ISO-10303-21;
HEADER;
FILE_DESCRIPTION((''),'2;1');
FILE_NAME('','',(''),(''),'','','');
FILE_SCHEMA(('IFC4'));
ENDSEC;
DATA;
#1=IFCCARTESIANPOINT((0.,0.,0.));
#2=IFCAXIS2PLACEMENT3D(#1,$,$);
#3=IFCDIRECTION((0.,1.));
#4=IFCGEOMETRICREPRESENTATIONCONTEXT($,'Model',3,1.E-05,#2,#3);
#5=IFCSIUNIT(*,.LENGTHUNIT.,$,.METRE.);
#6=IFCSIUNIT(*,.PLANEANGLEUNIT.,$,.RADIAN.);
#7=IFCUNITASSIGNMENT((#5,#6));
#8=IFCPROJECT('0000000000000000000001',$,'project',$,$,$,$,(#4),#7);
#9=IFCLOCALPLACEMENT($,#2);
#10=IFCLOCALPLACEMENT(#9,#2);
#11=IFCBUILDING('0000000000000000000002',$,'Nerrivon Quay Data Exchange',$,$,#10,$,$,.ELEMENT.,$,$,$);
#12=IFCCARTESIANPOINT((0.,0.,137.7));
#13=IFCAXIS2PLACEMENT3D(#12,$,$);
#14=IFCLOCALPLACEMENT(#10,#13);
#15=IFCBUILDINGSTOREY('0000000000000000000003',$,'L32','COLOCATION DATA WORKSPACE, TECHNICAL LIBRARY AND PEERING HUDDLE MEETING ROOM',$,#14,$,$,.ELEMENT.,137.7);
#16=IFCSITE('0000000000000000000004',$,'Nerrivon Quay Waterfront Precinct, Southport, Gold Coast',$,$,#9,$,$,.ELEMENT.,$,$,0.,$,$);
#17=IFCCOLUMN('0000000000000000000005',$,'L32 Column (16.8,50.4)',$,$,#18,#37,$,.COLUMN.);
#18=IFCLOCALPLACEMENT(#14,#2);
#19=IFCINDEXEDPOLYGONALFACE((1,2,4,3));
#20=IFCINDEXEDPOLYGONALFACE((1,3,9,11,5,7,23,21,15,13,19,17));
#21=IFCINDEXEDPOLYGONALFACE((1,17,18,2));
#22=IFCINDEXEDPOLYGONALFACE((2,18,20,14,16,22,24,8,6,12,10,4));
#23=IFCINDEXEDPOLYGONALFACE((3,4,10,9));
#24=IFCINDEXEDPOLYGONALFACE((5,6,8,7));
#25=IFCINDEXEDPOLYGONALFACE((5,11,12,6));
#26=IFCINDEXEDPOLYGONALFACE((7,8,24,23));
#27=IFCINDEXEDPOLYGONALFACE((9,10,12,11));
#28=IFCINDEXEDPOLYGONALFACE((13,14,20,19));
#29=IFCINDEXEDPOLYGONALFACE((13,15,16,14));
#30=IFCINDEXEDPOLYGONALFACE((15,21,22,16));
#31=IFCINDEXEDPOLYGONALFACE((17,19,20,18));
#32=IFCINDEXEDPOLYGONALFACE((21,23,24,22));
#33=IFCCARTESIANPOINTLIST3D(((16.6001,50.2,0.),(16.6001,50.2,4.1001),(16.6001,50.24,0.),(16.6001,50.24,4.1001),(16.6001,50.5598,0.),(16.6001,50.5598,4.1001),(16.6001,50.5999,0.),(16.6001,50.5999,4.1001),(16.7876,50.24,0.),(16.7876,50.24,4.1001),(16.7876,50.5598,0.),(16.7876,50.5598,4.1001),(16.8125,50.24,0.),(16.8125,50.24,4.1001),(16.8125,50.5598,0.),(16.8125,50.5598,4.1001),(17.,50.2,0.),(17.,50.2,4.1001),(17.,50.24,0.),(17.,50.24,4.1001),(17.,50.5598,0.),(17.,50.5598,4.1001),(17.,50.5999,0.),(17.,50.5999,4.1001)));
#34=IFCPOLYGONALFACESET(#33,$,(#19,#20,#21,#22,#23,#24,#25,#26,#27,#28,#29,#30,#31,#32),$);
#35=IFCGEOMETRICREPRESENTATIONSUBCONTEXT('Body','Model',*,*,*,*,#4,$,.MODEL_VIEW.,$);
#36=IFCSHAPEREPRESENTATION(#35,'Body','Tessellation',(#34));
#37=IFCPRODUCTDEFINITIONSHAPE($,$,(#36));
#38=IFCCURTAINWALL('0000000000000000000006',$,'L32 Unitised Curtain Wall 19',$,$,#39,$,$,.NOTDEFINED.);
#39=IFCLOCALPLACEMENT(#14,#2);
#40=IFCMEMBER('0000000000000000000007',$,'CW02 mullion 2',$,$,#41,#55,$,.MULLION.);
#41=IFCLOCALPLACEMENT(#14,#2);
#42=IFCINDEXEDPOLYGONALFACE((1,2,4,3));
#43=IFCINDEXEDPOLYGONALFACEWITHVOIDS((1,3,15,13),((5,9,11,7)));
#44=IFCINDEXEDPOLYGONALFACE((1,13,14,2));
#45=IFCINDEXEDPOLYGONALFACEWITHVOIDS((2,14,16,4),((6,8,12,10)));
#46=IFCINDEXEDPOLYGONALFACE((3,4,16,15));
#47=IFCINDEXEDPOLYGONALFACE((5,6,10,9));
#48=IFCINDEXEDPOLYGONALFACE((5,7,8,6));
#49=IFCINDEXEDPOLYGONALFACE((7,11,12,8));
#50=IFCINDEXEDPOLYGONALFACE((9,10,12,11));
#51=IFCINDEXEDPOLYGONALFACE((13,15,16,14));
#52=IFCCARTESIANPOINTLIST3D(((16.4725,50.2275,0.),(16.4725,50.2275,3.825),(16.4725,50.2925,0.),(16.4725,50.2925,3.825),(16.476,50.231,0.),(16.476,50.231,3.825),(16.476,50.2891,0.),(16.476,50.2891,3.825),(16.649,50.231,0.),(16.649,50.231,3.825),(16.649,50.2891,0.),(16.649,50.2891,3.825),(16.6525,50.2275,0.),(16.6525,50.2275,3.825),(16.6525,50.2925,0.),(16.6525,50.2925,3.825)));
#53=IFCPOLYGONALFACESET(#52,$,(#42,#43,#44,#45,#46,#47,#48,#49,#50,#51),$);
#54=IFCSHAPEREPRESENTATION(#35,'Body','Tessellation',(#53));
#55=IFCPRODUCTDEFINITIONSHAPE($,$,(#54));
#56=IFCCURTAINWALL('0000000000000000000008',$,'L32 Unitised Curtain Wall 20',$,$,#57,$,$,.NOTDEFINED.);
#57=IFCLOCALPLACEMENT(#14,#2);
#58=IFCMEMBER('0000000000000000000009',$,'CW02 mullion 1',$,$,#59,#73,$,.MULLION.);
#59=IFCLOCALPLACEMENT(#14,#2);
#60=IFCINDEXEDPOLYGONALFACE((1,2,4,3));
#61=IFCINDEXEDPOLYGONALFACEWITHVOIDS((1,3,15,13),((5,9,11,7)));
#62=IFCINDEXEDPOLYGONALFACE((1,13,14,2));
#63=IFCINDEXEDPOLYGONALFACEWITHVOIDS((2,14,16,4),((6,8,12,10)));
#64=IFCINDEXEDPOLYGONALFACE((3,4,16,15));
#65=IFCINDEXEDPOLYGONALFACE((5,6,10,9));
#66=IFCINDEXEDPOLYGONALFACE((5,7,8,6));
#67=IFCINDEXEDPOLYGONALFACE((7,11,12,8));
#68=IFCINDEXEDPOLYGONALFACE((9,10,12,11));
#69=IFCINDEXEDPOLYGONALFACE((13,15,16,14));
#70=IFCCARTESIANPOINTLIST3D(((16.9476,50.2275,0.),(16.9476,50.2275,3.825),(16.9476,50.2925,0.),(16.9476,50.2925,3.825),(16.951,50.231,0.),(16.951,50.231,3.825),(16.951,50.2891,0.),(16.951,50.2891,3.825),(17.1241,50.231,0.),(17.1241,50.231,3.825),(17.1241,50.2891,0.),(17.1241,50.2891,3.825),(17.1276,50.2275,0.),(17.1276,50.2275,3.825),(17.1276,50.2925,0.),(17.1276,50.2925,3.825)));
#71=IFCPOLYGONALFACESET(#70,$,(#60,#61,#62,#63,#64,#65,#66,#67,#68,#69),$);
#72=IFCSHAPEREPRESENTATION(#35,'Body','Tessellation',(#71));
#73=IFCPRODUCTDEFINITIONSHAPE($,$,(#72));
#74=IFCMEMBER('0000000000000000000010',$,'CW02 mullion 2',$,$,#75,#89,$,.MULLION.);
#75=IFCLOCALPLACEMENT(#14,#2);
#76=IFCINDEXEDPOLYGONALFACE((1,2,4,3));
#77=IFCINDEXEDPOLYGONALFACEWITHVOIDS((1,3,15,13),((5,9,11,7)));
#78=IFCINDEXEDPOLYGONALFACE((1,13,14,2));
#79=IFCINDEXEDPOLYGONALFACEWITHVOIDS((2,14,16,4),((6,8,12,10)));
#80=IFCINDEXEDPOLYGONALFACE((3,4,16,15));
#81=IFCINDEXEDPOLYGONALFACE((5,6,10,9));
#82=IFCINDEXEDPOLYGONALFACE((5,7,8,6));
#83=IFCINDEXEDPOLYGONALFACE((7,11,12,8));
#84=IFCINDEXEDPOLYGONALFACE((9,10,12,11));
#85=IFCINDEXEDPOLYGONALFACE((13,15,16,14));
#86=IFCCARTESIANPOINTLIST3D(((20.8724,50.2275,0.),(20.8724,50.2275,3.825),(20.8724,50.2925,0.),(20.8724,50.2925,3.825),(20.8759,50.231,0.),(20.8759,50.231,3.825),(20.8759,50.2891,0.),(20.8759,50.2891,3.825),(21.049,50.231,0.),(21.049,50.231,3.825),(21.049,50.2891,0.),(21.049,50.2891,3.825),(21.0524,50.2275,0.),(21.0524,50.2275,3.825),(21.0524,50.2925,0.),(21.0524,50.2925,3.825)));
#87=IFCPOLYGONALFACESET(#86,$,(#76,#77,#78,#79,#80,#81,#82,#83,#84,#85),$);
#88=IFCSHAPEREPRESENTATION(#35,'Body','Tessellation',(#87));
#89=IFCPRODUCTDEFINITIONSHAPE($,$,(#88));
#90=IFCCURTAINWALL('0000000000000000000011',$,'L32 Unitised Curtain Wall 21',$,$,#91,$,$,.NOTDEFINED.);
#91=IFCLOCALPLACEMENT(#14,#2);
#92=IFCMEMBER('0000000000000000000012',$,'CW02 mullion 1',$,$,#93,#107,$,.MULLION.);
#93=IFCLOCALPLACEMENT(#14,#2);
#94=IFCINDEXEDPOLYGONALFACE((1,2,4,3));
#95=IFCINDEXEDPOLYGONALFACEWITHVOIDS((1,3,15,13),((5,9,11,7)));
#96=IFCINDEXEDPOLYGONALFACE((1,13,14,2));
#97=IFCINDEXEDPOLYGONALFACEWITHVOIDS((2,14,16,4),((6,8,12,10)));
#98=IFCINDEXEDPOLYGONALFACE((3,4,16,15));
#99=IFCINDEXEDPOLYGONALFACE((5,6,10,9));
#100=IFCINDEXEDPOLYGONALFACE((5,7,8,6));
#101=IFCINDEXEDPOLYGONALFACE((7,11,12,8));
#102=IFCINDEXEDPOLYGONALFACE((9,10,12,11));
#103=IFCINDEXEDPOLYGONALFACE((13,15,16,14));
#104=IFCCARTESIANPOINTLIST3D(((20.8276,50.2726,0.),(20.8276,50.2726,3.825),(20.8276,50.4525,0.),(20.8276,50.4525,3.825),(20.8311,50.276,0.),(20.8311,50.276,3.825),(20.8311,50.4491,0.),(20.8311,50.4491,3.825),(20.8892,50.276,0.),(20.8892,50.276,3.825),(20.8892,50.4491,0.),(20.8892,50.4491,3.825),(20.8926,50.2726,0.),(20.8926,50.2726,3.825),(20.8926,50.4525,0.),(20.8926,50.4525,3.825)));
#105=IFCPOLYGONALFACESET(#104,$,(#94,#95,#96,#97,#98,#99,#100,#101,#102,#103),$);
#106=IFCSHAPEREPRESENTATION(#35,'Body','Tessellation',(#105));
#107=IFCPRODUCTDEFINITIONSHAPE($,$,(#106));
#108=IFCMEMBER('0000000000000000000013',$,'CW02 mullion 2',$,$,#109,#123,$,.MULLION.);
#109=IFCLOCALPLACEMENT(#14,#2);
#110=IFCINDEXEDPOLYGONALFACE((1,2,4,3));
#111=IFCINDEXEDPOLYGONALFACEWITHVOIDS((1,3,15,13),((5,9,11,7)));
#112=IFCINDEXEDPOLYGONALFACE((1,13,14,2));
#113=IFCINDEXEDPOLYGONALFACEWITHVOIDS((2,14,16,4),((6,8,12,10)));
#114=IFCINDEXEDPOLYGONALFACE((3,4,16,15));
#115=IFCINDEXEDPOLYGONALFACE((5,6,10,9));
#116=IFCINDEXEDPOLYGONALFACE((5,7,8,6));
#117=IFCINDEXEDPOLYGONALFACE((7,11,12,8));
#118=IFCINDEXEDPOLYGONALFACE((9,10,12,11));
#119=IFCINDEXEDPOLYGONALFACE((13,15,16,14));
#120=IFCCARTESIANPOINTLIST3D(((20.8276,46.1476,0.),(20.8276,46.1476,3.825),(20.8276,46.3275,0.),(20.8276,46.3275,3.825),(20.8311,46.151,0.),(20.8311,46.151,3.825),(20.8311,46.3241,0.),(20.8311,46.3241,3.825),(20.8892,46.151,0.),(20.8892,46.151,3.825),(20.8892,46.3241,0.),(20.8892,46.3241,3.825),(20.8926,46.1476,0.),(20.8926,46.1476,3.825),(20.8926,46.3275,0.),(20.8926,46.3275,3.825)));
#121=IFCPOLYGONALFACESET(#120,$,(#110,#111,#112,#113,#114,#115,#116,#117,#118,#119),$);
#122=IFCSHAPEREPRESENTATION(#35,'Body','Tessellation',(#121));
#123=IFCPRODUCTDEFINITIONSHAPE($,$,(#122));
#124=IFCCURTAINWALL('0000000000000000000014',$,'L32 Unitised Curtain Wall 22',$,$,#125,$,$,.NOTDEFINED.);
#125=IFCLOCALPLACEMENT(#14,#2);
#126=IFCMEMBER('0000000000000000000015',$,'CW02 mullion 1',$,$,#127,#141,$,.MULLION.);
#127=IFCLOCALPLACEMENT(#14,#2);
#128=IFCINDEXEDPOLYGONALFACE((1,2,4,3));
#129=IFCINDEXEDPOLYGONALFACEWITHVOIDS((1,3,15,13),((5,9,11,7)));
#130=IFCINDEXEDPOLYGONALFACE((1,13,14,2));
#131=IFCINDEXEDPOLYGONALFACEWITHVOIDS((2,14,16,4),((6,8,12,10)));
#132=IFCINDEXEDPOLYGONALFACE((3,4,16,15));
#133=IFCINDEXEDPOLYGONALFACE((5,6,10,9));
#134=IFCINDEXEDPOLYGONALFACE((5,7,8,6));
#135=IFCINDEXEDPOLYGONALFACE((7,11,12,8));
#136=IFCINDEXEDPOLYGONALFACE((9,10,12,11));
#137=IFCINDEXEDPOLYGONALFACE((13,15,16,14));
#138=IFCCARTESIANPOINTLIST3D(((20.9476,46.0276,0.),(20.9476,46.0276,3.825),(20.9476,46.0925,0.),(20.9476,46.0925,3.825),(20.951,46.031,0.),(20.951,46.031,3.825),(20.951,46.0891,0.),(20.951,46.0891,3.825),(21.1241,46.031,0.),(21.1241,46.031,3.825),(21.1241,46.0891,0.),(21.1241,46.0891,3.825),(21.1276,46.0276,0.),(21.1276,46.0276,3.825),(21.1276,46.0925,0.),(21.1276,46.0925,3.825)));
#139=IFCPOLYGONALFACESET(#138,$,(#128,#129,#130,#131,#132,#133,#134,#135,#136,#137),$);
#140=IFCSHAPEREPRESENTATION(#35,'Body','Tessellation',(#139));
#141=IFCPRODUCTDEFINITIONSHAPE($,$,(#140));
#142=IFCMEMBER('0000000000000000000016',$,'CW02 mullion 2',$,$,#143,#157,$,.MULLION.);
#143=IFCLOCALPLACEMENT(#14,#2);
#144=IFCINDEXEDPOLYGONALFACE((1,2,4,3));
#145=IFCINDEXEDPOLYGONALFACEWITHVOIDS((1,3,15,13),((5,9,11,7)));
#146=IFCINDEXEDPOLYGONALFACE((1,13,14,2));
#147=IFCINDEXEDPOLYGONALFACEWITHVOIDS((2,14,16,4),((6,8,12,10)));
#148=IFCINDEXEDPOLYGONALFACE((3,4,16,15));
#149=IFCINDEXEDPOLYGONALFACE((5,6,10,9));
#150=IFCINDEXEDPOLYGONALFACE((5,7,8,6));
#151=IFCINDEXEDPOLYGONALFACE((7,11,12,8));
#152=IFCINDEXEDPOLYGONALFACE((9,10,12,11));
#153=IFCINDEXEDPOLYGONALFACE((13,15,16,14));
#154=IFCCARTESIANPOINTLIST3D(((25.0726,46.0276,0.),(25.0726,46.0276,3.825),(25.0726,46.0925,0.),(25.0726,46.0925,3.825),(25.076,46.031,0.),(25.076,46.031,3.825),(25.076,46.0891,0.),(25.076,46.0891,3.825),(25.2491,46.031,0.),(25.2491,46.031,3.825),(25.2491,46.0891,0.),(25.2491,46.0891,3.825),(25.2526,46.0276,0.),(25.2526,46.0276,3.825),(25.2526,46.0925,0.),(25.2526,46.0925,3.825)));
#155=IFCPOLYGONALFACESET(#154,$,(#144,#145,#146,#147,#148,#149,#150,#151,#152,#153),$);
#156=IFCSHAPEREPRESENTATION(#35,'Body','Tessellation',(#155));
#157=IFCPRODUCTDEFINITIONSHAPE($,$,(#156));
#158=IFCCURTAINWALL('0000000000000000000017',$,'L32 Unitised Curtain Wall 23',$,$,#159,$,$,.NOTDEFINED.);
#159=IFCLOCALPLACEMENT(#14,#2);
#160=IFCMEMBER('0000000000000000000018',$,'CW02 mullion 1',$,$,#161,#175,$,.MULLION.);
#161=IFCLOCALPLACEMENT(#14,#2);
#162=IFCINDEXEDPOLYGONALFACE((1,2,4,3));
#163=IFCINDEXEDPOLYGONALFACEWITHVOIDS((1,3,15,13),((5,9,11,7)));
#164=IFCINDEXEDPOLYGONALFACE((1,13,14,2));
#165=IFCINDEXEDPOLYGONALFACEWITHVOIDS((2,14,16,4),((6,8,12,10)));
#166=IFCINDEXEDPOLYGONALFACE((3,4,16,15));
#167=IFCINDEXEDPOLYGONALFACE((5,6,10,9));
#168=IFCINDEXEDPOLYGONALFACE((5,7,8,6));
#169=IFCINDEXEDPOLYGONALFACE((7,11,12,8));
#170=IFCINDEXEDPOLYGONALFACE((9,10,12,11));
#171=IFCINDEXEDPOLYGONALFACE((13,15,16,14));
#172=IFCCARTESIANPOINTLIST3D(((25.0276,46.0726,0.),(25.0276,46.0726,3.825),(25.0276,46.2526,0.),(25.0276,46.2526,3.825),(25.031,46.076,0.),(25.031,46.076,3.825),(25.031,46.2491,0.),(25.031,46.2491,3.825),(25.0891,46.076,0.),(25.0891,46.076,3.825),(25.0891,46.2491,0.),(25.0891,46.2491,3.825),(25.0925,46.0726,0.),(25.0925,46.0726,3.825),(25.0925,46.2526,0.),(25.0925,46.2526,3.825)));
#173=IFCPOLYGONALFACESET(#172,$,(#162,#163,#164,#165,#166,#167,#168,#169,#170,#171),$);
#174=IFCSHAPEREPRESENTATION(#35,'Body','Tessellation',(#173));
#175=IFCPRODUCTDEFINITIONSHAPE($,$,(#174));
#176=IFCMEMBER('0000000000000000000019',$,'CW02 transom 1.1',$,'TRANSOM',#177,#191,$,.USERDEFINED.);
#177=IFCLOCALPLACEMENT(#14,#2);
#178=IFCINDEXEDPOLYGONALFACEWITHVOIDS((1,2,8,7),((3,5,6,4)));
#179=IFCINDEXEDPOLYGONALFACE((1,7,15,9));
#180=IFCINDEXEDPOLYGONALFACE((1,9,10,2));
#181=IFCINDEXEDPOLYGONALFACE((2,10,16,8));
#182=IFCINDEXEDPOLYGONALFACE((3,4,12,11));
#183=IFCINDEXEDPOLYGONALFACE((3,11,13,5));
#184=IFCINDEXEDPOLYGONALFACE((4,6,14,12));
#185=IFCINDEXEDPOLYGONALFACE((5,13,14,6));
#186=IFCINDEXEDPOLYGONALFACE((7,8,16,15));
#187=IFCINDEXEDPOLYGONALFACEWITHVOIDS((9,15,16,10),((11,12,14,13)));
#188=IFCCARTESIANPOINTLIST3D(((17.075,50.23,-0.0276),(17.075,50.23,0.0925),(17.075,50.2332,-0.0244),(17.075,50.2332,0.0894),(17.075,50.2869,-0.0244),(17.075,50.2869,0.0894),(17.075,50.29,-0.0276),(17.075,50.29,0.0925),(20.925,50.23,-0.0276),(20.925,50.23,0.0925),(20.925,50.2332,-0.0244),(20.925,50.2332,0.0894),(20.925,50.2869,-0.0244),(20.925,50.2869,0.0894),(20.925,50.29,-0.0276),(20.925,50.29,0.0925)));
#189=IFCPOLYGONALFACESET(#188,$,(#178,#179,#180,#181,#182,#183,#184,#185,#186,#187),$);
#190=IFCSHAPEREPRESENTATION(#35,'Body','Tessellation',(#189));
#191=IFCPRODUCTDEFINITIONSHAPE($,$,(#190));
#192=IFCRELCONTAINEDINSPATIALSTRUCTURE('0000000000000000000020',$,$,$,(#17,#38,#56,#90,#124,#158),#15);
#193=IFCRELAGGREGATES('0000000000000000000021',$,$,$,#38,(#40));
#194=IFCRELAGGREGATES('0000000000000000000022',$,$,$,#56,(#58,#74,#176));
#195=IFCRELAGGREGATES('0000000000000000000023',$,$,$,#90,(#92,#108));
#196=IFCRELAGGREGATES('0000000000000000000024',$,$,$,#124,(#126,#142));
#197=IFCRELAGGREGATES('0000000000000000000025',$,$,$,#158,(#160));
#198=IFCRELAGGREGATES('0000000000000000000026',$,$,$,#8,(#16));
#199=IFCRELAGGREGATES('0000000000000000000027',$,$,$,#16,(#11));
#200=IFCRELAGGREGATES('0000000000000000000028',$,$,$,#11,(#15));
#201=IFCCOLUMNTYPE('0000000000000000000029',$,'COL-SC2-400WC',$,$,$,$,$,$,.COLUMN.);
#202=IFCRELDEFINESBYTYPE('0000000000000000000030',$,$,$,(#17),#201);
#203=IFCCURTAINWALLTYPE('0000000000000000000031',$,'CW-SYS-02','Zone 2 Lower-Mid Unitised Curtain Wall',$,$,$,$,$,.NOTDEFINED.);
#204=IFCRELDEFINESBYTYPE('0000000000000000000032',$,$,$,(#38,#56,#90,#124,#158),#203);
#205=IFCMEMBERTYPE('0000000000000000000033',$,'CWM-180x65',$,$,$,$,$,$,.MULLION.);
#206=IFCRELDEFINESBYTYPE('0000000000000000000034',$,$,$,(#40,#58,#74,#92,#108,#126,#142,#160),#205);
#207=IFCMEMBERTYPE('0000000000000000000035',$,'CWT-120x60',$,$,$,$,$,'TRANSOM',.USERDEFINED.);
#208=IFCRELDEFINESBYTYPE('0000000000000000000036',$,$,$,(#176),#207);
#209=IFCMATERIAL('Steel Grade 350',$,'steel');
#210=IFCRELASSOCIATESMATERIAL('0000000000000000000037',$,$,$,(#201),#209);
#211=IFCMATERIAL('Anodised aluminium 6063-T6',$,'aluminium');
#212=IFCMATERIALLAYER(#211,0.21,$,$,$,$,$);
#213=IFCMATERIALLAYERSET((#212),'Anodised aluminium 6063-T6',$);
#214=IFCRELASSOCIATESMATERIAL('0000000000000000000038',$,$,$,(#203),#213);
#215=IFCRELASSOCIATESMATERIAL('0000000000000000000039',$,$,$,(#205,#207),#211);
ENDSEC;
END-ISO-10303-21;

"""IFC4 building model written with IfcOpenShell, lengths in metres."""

from ifc_helpers import new_model, si_unit, direction, frame, origin, origin_2d, place, context, subcontext, project, spatial, hollow_rectangle, i_section, extrude, material, layer, layer_set, material_profile, profile_set, type_object, element, aggregate, save


model = new_model("IFC4")

# Units and contexts
model_context = context("Model", 3, precision=1e-05, world=origin(), true_north=direction((0.0, 1.0)))
body_context = subcontext(model_context, "Body", "Model", "MODEL_VIEW")
ifc_project = project(units=[si_unit("LENGTHUNIT", "METRE"), si_unit("PLANEANGLEUNIT", "RADIAN")], contexts=[model_context])

# Site, building, storey
site_placement = place(None, origin())
site = spatial("IfcSite", under=ifc_project, at=site_placement, Name="Nerrivon Quay Waterfront Precinct, Southport, Gold Coast", CompositionType="ELEMENT", RefElevation=0.0)
building_placement = place(site_placement, origin())
building = spatial("IfcBuilding", under=site, at=building_placement, Name="Nerrivon Quay Data Exchange", CompositionType="ELEMENT")
storey_placement = place(building_placement, frame((0.0, 0.0, 137.7)))
storey = spatial("IfcBuildingStorey", under=building, at=storey_placement, Name="L32", Description="COLOCATION DATA WORKSPACE, TECHNICAL LIBRARY AND PEERING HUDDLE MEETING ROOM", CompositionType="ELEMENT", Elevation=137.7)

# Column
ifc_material_1 = material(Name="Steel Grade 350", Category="steel")
ifc_material_profile_1 = material_profile(ifc_material_1, i_section(OverallWidth=0.3999, OverallDepth=0.3999, WebThickness=0.0249, FlangeThickness=0.04, at=origin_2d()), Name="400WC328")
ifc_profile_set_1 = profile_set([ifc_material_profile_1], Name="Steel Grade 350")
column_type = type_object("IfcColumnType", Name="COL-SC2-400WC", PredefinedType="COLUMN", material=ifc_profile_set_1)
column_placement = place(storey_placement, frame((16.8, 50.3999, 0.0), z_axis=(0.0, 0.0, 1.0), x_axis=(1.0, 0.0, 0.0)))
element("IfcColumn", 1, at=column_placement, inside=storey, type_object=column_type, Name="L32 Column (16.8,50.4)", PredefinedType="COLUMN", context=body_context, shape_type="SweptSolid", body=[
    extrude(i_section(OverallWidth=0.3999, OverallDepth=0.3999, WebThickness=0.0249, FlangeThickness=0.04, at=origin_2d()), origin(), (0.0, 0.0, 1.0), 4.1001),
])

# Curtain wall, member
ifc_material_2 = material(Name="Anodised aluminium 6063-T6", Category="aluminium")
ifc_layer_1 = layer(ifc_material_2, 0.21)
ifc_layer_set_1 = layer_set([ifc_layer_1], Name="Anodised aluminium 6063-T6")
curtain_wall_type = type_object("IfcCurtainWallType", Name="CW-SYS-02", Description="Zone 2 Lower-Mid Unitised Curtain Wall", PredefinedType="NOTDEFINED", material=ifc_layer_set_1)
curtain_wall_1_placement = place(storey_placement, origin())
curtain_wall_1 = element("IfcCurtainWall", 2, at=curtain_wall_1_placement, inside=storey, type_object=curtain_wall_type, Name="L32 Unitised Curtain Wall 19", PredefinedType="NOTDEFINED")
ifc_material_profile_2 = material_profile(ifc_material_2, hollow_rectangle(XDim=0.0649, YDim=0.1799, WallThickness=0.0034, at=origin_2d()), Name="ALU-MULL-180x65")
ifc_profile_set_2 = profile_set([ifc_material_profile_2], Name="Anodised aluminium 6063-T6")
member_type_1 = type_object("IfcMemberType", Name="CWM-180x65", PredefinedType="MULLION", material=ifc_profile_set_2)
member_1_placement = place(storey_placement, frame((16.5625, 50.26, 0.0), z_axis=(0.0, 0.0, 1.0), x_axis=(0.0, 1.0, 0.0)))
member_1 = element("IfcMember", 3, at=member_1_placement, type_object=member_type_1, Name="CW02 mullion 2", PredefinedType="MULLION", context=body_context, shape_type="SweptSolid", body=[
    extrude(hollow_rectangle(XDim=0.0649, YDim=0.1799, WallThickness=0.0034, at=origin_2d()), origin(), (0.0, 0.0, 1.0), 3.825),
])
aggregate(curtain_wall_1, [member_1])

# Curtain walls, members
curtain_wall_2_placement = place(storey_placement, origin())
curtain_wall_2 = element("IfcCurtainWall", 4, at=curtain_wall_2_placement, inside=storey, type_object=curtain_wall_type, Name="L32 Unitised Curtain Wall 20", PredefinedType="NOTDEFINED")
member_2_placement = place(storey_placement, frame((17.0376, 50.26, 0.0), z_axis=(0.0, 0.0, 1.0), x_axis=(0.0, 1.0, 0.0)))
member_2 = element("IfcMember", 5, at=member_2_placement, type_object=member_type_1, Name="CW02 mullion 1", PredefinedType="MULLION", context=body_context, shape_type="SweptSolid", body=[
    extrude(hollow_rectangle(XDim=0.0649, YDim=0.1799, WallThickness=0.0034, at=origin_2d()), origin(), (0.0, 0.0, 1.0), 3.825),
])
member_3_placement = place(storey_placement, frame((20.9624, 50.26, 0.0), z_axis=(0.0, 0.0, 1.0), x_axis=(0.0, 1.0, 0.0)))
member_3 = element("IfcMember", 6, at=member_3_placement, type_object=member_type_1, Name="CW02 mullion 2", PredefinedType="MULLION", context=body_context, shape_type="SweptSolid", body=[
    extrude(hollow_rectangle(XDim=0.0649, YDim=0.1799, WallThickness=0.0034, at=origin_2d()), origin(), (0.0, 0.0, 1.0), 3.825),
])
curtain_wall_3_placement = place(storey_placement, origin())
curtain_wall_3 = element("IfcCurtainWall", 7, at=curtain_wall_3_placement, inside=storey, type_object=curtain_wall_type, Name="L32 Unitised Curtain Wall 21", PredefinedType="NOTDEFINED")
member_4_placement = place(storey_placement, frame((20.8601, 50.3625, 0.0), z_axis=(0.0, 0.0, 1.0), x_axis=(1.0, 0.0, 0.0)))
member_4 = element("IfcMember", 8, at=member_4_placement, type_object=member_type_1, Name="CW02 mullion 1", PredefinedType="MULLION", context=body_context, shape_type="SweptSolid", body=[
    extrude(hollow_rectangle(XDim=0.0649, YDim=0.1799, WallThickness=0.0034, at=origin_2d()), origin(), (0.0, 0.0, 1.0), 3.825),
])
member_5_placement = place(storey_placement, frame((20.8601, 46.2375, 0.0), z_axis=(0.0, 0.0, 1.0), x_axis=(1.0, 0.0, 0.0)))
member_5 = element("IfcMember", 9, at=member_5_placement, type_object=member_type_1, Name="CW02 mullion 2", PredefinedType="MULLION", context=body_context, shape_type="SweptSolid", body=[
    extrude(hollow_rectangle(XDim=0.0649, YDim=0.1799, WallThickness=0.0034, at=origin_2d()), origin(), (0.0, 0.0, 1.0), 3.825),
])
curtain_wall_4_placement = place(storey_placement, origin())
curtain_wall_4 = element("IfcCurtainWall", 10, at=curtain_wall_4_placement, inside=storey, type_object=curtain_wall_type, Name="L32 Unitised Curtain Wall 22", PredefinedType="NOTDEFINED")
member_6_placement = place(storey_placement, frame((21.0376, 46.0601, 0.0), z_axis=(0.0, 0.0, 1.0), x_axis=(0.0, 1.0, 0.0)))
member_6 = element("IfcMember", 11, at=member_6_placement, type_object=member_type_1, Name="CW02 mullion 1", PredefinedType="MULLION", context=body_context, shape_type="SweptSolid", body=[
    extrude(hollow_rectangle(XDim=0.0649, YDim=0.1799, WallThickness=0.0034, at=origin_2d()), origin(), (0.0, 0.0, 1.0), 3.825),
])
member_7_placement = place(storey_placement, frame((25.1626, 46.0601, 0.0), z_axis=(0.0, 0.0, 1.0), x_axis=(0.0, 1.0, 0.0)))
member_7 = element("IfcMember", 12, at=member_7_placement, type_object=member_type_1, Name="CW02 mullion 2", PredefinedType="MULLION", context=body_context, shape_type="SweptSolid", body=[
    extrude(hollow_rectangle(XDim=0.0649, YDim=0.1799, WallThickness=0.0034, at=origin_2d()), origin(), (0.0, 0.0, 1.0), 3.825),
])

# Curtain wall, member
curtain_wall_5_placement = place(storey_placement, origin())
curtain_wall_5 = element("IfcCurtainWall", 13, at=curtain_wall_5_placement, inside=storey, type_object=curtain_wall_type, Name="L32 Unitised Curtain Wall 23", PredefinedType="NOTDEFINED")
member_8_placement = place(storey_placement, frame((25.0601, 46.1626, 0.0), z_axis=(0.0, 0.0, 1.0), x_axis=(1.0, 0.0, 0.0)))
member_8 = element("IfcMember", 14, at=member_8_placement, type_object=member_type_1, Name="CW02 mullion 1", PredefinedType="MULLION", context=body_context, shape_type="SweptSolid", body=[
    extrude(hollow_rectangle(XDim=0.0649, YDim=0.1799, WallThickness=0.0034, at=origin_2d()), origin(), (0.0, 0.0, 1.0), 3.825),
])

# Member
ifc_material_profile_3 = material_profile(ifc_material_2, hollow_rectangle(XDim=0.0601, YDim=0.1201, WallThickness=0.0032, at=origin_2d()), Name="ALU-TRAN-120x60")
ifc_profile_set_3 = profile_set([ifc_material_profile_3], Name="Anodised aluminium 6063-T6")
member_type_2 = type_object("IfcMemberType", Name="CWT-120x60", ElementType="TRANSOM", PredefinedType="USERDEFINED", material=ifc_profile_set_3)
member_9_placement = place(storey_placement, frame((17.075, 50.26, 0.0325), z_axis=(1.0, 0.0, 0.0), x_axis=(0.0, 1.0, 0.0)))
member_9 = element("IfcMember", 15, at=member_9_placement, type_object=member_type_2, Name="CW02 transom 1.1", ObjectType="TRANSOM", PredefinedType="USERDEFINED", context=body_context, shape_type="SweptSolid", body=[
    extrude(hollow_rectangle(XDim=0.0601, YDim=0.1201, WallThickness=0.0032, at=origin_2d()), origin(), (0.0, 0.0, 1.0), 3.8501),
])

aggregate(curtain_wall_2, [member_2, member_3, member_9])
aggregate(curtain_wall_3, [member_4, member_5])
aggregate(curtain_wall_4, [member_6, member_7])
aggregate(curtain_wall_5, [member_8])

save(model, "model.ifc")
